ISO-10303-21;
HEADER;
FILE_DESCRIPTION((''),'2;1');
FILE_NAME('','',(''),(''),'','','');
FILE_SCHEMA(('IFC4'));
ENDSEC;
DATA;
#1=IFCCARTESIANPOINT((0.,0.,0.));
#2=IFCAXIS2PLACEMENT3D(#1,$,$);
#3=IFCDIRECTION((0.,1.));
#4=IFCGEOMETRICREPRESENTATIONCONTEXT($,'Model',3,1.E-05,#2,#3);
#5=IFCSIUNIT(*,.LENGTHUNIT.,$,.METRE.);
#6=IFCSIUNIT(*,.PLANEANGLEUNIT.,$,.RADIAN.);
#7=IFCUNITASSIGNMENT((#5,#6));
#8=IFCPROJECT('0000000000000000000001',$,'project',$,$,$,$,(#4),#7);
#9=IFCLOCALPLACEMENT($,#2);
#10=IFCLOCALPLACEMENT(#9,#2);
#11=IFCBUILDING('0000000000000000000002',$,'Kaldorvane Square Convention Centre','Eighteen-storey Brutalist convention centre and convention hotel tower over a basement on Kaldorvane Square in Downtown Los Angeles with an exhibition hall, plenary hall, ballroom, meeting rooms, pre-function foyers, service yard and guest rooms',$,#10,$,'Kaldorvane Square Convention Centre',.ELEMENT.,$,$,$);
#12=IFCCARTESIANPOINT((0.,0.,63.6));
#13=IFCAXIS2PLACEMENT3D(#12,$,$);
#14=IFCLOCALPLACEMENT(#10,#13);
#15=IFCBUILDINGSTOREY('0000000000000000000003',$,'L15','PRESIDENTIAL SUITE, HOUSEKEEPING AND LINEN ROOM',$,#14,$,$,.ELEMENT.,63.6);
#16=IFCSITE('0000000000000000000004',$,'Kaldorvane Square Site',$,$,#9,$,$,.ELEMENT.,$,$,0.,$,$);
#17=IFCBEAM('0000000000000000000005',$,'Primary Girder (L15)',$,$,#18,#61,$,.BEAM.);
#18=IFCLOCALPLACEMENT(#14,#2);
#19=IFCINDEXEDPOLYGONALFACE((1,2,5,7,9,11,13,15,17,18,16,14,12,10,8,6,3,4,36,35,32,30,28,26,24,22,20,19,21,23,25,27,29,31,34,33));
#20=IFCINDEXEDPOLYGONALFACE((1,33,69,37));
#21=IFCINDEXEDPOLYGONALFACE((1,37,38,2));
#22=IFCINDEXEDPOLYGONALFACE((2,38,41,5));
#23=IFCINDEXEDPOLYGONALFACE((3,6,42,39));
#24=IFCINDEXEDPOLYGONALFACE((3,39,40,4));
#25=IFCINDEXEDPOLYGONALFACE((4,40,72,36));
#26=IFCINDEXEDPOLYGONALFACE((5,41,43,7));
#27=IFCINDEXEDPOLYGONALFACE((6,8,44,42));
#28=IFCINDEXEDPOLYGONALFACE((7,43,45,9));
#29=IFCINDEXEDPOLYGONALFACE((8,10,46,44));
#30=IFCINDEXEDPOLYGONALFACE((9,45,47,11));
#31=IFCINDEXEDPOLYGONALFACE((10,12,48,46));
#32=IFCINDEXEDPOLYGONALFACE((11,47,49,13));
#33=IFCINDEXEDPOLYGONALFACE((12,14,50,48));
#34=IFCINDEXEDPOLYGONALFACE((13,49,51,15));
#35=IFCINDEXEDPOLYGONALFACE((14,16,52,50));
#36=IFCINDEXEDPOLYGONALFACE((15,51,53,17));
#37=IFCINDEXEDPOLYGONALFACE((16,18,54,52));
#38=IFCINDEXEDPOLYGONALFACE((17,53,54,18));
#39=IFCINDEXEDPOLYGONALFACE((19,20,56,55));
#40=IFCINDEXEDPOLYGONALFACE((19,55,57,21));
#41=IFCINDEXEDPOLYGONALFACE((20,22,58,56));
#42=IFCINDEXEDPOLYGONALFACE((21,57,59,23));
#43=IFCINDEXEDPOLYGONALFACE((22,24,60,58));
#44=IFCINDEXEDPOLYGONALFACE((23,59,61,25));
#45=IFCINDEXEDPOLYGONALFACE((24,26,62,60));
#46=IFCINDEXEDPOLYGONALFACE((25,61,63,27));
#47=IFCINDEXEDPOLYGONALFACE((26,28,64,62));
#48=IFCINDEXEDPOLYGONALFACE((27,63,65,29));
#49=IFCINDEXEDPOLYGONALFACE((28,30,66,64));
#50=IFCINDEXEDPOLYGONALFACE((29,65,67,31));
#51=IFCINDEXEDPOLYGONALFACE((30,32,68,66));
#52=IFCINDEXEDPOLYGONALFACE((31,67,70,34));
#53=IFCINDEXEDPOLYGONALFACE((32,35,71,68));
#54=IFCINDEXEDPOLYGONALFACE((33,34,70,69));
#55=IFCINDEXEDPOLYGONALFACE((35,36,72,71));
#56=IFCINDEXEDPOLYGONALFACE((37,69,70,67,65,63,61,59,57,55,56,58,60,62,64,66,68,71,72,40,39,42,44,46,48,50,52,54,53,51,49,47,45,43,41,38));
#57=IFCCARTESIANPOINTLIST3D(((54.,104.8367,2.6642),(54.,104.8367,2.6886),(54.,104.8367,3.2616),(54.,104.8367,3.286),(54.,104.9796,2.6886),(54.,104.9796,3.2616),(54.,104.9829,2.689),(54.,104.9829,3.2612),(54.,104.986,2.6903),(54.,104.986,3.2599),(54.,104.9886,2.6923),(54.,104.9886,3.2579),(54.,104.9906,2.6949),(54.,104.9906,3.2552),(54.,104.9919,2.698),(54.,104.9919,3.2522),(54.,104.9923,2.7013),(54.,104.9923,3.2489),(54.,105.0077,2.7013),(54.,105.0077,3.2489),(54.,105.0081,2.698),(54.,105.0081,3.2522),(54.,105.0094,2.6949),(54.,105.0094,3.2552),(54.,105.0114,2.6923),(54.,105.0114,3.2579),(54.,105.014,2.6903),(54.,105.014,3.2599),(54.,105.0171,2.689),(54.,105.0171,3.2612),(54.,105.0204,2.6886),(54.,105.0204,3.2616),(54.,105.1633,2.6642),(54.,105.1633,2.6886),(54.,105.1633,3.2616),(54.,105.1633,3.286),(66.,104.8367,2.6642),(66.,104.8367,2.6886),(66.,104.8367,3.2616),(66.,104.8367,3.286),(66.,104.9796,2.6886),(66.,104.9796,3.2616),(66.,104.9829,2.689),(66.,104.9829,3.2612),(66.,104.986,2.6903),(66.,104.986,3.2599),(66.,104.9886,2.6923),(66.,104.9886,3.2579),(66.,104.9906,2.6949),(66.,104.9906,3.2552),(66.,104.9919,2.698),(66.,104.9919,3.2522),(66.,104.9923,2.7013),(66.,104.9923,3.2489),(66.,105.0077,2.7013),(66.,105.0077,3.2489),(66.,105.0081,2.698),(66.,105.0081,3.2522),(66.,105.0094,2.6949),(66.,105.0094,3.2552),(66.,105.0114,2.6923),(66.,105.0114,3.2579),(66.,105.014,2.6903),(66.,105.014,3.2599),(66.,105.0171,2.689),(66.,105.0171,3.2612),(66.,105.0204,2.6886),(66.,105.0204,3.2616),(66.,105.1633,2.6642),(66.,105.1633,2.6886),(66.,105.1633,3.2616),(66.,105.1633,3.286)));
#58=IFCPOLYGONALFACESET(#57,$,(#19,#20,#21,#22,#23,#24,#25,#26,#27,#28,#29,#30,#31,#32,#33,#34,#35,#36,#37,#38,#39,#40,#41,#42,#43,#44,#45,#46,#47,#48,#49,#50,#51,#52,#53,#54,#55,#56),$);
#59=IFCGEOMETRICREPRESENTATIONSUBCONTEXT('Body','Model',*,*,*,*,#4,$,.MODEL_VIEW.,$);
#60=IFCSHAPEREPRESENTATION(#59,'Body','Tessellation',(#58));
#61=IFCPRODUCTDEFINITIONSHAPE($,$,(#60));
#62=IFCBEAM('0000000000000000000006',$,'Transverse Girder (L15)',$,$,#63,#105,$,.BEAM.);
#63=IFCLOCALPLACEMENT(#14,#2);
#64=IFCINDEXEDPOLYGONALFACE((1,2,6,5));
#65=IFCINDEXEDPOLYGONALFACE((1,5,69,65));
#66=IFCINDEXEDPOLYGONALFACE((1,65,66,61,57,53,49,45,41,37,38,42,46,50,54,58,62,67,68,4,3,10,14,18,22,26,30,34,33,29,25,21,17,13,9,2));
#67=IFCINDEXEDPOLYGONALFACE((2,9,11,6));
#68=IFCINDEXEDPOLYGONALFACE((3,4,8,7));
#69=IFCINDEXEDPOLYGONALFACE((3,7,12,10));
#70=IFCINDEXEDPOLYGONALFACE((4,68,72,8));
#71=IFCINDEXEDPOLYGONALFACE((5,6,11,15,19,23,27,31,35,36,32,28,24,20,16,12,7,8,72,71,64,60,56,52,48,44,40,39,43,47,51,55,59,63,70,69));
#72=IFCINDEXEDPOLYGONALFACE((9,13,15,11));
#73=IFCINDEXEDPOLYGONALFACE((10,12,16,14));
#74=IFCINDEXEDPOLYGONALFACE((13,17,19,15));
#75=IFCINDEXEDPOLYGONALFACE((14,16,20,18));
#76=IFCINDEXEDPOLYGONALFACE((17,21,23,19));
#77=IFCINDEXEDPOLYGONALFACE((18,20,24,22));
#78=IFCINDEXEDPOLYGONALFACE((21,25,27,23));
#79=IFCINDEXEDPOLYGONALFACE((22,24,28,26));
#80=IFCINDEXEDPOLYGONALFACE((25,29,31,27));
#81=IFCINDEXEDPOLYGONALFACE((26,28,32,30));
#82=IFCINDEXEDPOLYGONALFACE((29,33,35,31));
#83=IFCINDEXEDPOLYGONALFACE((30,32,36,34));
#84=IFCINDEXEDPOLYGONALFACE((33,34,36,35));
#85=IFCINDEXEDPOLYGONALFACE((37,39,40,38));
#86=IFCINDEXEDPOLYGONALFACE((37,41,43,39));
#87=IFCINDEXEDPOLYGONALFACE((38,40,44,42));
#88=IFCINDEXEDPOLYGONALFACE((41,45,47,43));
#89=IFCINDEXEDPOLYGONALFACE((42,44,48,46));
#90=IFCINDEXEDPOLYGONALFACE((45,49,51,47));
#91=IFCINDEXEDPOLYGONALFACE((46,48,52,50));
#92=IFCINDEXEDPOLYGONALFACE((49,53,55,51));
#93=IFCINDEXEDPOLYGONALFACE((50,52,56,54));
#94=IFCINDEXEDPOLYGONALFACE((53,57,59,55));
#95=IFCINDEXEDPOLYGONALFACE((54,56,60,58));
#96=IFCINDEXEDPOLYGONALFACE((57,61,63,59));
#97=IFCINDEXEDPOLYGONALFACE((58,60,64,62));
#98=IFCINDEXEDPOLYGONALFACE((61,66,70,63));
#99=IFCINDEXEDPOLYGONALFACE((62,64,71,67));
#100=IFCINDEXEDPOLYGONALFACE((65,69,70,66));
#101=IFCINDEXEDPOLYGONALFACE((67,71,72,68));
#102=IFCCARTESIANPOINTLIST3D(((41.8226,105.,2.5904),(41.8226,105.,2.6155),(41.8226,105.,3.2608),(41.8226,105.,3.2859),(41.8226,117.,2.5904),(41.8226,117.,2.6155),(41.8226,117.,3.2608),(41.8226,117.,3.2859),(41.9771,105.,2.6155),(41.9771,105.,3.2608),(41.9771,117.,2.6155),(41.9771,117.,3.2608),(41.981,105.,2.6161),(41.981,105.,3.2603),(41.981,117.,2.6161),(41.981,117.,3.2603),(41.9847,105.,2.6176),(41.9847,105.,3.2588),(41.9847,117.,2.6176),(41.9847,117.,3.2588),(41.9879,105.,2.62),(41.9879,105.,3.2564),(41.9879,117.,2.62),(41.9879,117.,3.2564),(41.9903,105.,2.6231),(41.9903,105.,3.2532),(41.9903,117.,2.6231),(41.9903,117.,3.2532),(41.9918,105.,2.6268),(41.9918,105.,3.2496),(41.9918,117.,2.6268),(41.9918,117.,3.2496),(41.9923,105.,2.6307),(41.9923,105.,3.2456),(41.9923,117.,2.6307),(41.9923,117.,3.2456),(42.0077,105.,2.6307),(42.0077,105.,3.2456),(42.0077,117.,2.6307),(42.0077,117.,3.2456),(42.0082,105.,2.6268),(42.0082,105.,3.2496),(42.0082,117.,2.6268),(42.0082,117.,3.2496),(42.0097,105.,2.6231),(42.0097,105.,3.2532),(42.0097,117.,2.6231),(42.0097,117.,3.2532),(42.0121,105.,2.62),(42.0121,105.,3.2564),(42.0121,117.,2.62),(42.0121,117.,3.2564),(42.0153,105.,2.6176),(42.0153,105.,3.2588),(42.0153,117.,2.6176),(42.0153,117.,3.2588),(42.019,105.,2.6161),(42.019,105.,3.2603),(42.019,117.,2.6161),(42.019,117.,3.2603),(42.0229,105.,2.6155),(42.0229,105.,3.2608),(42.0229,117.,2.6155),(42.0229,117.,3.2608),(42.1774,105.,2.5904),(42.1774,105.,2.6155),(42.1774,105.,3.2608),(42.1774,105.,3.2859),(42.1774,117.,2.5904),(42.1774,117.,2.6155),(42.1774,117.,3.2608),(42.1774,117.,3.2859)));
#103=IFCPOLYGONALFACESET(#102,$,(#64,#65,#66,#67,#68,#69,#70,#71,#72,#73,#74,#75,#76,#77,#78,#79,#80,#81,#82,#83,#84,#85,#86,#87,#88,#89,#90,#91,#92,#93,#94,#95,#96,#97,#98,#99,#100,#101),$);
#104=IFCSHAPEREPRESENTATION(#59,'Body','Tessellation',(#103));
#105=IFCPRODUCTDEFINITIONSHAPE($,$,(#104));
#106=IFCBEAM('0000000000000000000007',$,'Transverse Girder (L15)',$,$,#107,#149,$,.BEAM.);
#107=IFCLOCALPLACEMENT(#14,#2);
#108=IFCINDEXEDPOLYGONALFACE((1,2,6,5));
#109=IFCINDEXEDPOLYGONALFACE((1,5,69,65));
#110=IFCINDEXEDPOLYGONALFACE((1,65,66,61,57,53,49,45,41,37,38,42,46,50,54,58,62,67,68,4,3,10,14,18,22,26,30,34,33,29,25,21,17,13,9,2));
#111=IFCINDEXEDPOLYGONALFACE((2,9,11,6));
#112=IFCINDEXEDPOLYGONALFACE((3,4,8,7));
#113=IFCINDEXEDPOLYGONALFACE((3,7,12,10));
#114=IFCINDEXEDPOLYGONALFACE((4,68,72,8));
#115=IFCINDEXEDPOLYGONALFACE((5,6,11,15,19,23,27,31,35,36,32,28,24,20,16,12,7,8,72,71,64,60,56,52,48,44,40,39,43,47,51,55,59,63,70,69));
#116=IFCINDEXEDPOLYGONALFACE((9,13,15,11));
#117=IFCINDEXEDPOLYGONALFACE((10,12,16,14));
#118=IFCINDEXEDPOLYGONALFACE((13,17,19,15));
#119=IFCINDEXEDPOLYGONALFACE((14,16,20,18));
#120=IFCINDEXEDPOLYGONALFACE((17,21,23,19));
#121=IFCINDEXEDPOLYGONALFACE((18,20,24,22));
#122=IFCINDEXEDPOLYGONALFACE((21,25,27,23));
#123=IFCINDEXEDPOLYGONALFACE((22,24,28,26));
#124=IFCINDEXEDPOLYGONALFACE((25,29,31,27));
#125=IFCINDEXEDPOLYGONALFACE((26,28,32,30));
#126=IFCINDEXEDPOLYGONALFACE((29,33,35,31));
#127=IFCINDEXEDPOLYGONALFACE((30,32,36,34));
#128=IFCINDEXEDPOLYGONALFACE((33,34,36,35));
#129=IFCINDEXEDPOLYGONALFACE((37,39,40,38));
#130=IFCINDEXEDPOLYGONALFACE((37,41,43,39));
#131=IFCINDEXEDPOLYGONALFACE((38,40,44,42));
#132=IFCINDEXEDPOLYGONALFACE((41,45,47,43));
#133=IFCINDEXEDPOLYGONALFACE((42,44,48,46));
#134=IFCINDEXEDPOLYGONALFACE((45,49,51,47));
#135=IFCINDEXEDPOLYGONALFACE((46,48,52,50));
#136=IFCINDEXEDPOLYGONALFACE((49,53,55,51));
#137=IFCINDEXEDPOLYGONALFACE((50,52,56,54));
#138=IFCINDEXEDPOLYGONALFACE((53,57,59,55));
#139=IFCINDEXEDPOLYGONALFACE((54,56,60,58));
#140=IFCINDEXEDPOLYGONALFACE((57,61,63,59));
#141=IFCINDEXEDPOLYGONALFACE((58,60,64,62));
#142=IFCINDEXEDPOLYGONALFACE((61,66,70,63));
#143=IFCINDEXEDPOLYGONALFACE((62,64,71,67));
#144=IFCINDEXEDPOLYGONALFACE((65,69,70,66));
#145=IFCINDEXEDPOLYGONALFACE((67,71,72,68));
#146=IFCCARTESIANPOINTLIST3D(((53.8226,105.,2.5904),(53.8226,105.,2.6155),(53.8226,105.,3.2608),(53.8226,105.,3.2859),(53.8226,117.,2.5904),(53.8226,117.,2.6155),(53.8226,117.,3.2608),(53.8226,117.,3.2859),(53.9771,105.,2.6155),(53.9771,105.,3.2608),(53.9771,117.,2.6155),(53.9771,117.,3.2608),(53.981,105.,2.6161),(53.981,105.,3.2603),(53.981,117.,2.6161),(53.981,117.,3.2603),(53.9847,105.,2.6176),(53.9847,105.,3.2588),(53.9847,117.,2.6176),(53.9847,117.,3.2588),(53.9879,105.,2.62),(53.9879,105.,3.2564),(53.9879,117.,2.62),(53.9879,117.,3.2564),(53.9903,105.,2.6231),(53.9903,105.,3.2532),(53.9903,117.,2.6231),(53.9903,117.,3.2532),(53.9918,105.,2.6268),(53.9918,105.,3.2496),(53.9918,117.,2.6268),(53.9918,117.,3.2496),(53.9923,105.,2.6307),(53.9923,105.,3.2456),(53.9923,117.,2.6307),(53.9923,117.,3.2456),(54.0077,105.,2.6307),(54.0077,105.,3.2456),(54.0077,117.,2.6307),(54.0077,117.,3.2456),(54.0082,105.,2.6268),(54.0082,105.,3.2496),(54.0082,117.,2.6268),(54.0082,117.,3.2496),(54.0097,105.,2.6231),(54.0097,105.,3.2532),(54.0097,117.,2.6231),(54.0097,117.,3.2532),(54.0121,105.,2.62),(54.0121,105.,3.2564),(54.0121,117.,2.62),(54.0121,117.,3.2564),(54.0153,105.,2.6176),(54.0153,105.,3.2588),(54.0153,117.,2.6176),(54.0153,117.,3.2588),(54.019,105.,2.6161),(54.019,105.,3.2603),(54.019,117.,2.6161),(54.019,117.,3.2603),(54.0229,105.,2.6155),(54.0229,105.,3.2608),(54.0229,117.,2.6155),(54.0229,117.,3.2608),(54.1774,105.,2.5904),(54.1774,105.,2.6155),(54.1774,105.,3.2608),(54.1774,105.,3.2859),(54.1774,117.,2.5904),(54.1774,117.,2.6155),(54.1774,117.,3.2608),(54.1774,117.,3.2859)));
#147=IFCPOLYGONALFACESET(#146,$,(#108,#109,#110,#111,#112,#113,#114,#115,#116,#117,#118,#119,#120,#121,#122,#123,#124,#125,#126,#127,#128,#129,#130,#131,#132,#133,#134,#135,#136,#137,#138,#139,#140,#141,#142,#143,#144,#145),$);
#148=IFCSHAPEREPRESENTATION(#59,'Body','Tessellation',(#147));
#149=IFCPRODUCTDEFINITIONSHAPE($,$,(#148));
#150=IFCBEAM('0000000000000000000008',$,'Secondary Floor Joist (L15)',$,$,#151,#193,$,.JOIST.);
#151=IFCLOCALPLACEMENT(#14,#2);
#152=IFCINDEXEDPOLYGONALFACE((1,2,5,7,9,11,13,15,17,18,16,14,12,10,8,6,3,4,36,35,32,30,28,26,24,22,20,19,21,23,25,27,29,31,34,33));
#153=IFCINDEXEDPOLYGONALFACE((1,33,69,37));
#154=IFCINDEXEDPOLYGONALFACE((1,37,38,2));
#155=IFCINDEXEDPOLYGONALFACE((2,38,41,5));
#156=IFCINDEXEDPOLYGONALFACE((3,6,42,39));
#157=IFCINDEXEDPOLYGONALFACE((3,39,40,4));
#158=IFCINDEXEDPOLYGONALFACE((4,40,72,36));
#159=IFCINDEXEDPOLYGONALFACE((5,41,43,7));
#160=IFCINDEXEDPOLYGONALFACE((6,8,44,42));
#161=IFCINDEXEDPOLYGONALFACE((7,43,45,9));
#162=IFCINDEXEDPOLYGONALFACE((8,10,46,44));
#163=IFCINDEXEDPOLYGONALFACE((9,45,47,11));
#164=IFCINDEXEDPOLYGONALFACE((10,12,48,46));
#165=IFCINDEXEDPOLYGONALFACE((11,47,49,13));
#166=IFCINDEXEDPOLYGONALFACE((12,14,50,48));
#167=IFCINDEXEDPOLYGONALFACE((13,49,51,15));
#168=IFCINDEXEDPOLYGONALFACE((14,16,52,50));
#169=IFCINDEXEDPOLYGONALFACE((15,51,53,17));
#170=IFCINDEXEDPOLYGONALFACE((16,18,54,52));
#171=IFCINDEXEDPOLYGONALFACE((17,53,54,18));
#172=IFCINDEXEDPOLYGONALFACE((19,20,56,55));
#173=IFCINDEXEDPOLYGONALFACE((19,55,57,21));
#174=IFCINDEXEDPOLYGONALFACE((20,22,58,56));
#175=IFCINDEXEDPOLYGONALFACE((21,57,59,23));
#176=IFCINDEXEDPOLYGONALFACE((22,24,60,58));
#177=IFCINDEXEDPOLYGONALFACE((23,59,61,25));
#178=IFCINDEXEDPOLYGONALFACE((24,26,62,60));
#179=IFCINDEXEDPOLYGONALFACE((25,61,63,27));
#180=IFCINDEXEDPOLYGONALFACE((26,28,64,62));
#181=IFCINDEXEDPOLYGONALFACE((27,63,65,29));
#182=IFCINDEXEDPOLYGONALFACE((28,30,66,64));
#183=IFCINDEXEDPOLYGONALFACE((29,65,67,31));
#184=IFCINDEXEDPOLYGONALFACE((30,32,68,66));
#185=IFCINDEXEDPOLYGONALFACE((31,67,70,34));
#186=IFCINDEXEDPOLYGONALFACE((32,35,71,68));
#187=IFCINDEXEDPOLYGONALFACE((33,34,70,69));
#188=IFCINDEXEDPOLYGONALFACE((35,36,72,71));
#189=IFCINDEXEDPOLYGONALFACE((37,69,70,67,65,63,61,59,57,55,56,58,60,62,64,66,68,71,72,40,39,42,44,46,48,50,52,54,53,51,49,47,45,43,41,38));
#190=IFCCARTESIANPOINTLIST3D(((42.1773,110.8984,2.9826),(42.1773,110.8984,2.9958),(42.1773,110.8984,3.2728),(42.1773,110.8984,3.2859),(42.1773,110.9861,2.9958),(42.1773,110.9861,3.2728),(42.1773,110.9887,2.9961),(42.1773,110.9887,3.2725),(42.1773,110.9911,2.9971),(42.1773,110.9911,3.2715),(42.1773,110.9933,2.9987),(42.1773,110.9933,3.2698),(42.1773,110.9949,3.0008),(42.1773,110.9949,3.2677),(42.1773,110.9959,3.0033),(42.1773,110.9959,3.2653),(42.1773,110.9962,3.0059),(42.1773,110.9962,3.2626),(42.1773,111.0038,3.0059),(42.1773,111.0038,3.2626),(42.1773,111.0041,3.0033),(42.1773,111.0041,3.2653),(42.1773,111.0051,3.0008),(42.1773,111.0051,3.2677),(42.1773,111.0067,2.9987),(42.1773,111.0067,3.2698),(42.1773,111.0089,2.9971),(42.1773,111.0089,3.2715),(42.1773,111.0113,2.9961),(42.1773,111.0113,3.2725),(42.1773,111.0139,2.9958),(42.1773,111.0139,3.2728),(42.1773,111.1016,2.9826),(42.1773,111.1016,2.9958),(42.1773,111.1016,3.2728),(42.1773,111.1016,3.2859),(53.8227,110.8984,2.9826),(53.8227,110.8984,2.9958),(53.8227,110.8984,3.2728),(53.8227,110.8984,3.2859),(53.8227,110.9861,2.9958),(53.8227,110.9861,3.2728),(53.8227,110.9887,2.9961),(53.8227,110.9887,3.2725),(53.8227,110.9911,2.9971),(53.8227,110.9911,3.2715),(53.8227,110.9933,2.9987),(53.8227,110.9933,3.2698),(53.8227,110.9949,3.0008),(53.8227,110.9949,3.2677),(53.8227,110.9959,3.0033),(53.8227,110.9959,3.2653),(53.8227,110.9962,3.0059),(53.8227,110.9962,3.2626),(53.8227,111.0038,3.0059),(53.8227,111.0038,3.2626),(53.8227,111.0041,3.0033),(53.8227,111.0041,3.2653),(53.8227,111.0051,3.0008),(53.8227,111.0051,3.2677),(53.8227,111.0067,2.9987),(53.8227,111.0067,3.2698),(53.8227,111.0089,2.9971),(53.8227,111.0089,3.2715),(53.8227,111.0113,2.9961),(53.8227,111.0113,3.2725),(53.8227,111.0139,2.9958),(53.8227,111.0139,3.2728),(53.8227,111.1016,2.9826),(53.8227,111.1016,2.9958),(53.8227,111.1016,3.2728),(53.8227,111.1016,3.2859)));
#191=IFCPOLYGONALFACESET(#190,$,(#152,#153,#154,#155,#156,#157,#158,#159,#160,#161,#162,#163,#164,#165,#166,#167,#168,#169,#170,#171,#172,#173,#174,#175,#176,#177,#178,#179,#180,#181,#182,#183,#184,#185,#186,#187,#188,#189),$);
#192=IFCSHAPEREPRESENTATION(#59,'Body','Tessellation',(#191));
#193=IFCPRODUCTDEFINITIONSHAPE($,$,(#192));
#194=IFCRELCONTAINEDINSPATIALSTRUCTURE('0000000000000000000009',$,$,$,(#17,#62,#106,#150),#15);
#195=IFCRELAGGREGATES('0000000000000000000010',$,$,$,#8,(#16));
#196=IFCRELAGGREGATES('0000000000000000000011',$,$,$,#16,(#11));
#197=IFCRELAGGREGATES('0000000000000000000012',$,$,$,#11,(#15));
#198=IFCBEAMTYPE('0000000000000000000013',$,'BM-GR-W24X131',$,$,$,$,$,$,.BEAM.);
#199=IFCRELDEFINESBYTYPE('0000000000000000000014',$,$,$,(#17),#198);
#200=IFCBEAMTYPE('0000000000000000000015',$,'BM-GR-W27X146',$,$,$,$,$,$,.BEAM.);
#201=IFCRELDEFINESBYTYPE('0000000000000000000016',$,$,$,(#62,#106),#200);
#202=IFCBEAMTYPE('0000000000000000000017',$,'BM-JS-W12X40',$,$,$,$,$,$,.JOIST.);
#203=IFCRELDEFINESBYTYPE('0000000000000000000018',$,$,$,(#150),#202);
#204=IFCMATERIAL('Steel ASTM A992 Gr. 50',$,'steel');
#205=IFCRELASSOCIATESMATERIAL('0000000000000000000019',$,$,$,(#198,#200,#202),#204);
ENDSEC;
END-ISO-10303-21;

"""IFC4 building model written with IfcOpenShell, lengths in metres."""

from ifc_helpers import new_model, si_unit, direction, frame, origin, origin_2d, place, context, subcontext, project, spatial, i_section, extrude, material, material_profile, profile_set, type_object, element, save


model = new_model("IFC4")

# Units and contexts
model_context = context("Model", 3, precision=1e-05, world=origin(), true_north=direction((0.0, 1.0)))
body_context = subcontext(model_context, "Body", "Model", "MODEL_VIEW")
ifc_project = project(units=[si_unit("LENGTHUNIT", "METRE"), si_unit("PLANEANGLEUNIT", "RADIAN")], contexts=[model_context])

# Site, building, storey
site_placement = place(None, origin())
site = spatial("IfcSite", under=ifc_project, at=site_placement, Name="Kaldorvane Square Site", CompositionType="ELEMENT", RefElevation=0.0)
building_placement = place(site_placement, origin())
building = spatial("IfcBuilding", under=site, at=building_placement, Name="Kaldorvane Square Convention Centre", Description="Eighteen-storey Brutalist convention centre and convention hotel tower over a basement on Kaldorvane Square in Downtown Los Angeles with an exhibition hall, plenary hall, ballroom, meeting rooms, pre-function foyers, service yard and guest rooms", LongName="Kaldorvane Square Convention Centre", CompositionType="ELEMENT")
storey_placement = place(building_placement, frame((0.0, 0.0, 63.6)))
storey = spatial("IfcBuildingStorey", under=building, at=storey_placement, Name="L15", Description="PRESIDENTIAL SUITE, HOUSEKEEPING AND LINEN ROOM", CompositionType="ELEMENT", Elevation=63.6)

# Shared definitions
ifc_material_1 = material(Name="Steel ASTM A992 Gr. 50", Category="steel")

# Beams
ifc_material_profile_1 = material_profile(ifc_material_1, i_section(OverallWidth=0.3265, OverallDepth=0.6218, WebThickness=0.0154, FlangeThickness=0.0244, FilletRadius=0.0127, at=origin_2d()), Name="W24X131")
ifc_profile_set_1 = profile_set([ifc_material_profile_1], Name="Steel ASTM A992 Gr. 50")
beam_type_1 = type_object("IfcBeamType", Name="BM-GR-W24X131", PredefinedType="BEAM", material=ifc_profile_set_1)
for number, where, z_axis, x_axis, name in (
    (1, (54.0, 105.0, 2.9751), (1.0, 0.0, 0.0), (0.0, 1.0, 0.0), "Primary Girder (L15)"),
):
    element("IfcBeam", number, at=place(storey_placement, frame(where, z_axis=z_axis, x_axis=x_axis)), inside=storey, type_object=beam_type_1, Name=name, PredefinedType="BEAM", context=body_context, shape_type="SweptSolid", body=[
        extrude(i_section(OverallWidth=0.3265, OverallDepth=0.6218, WebThickness=0.0154, FlangeThickness=0.0244, FilletRadius=0.0127, at=origin_2d()), origin(), (0.0, 0.0, 1.0), 12.0),
    ])
ifc_material_profile_2 = material_profile(ifc_material_1, i_section(OverallWidth=0.3547, OverallDepth=0.6955, WebThickness=0.0154, FlangeThickness=0.0251, FilletRadius=0.0152, at=origin_2d()), Name="W27X146")
ifc_profile_set_2 = profile_set([ifc_material_profile_2], Name="Steel ASTM A992 Gr. 50")
beam_type_2 = type_object("IfcBeamType", Name="BM-GR-W27X146", PredefinedType="BEAM", material=ifc_profile_set_2)
for number, where, z_axis, x_axis, name in (
    (2, (42.0, 105.0, 2.9382), (0.0, 1.0, 0.0), (-1.0, 0.0, 0.0), "Transverse Girder (L15)"),
    (3, (54.0, 105.0, 2.9382), (0.0, 1.0, 0.0), (-1.0, 0.0, 0.0), "Transverse Girder (L15)"),
):
    element("IfcBeam", number, at=place(storey_placement, frame(where, z_axis=z_axis, x_axis=x_axis)), inside=storey, type_object=beam_type_2, Name=name, PredefinedType="BEAM", context=body_context, shape_type="SweptSolid", body=[
        extrude(i_section(OverallWidth=0.3547, OverallDepth=0.6955, WebThickness=0.0154, FlangeThickness=0.0251, FilletRadius=0.0152, at=origin_2d()), origin(), (0.0, 0.0, 1.0), 12.0),
    ])
ifc_material_profile_3 = material_profile(ifc_material_1, i_section(OverallWidth=0.2033, OverallDepth=0.3033, WebThickness=0.0075, FlangeThickness=0.0131, FilletRadius=0.0102, at=origin_2d()), Name="W12X40")
ifc_profile_set_3 = profile_set([ifc_material_profile_3], Name="Steel ASTM A992 Gr. 50")
beam_type_3 = type_object("IfcBeamType", Name="BM-JS-W12X40", PredefinedType="JOIST", material=ifc_profile_set_3)
beam_1_placement = place(storey_placement, frame((42.1773, 111.0, 3.1343), z_axis=(1.0, 0.0, 0.0), x_axis=(0.0, 1.0, 0.0)))
element("IfcBeam", 4, at=beam_1_placement, inside=storey, type_object=beam_type_3, Name="Secondary Floor Joist (L15)", PredefinedType="JOIST", context=body_context, shape_type="SweptSolid", body=[
    extrude(i_section(OverallWidth=0.2033, OverallDepth=0.3033, WebThickness=0.0075, FlangeThickness=0.0131, FilletRadius=0.0102, at=origin_2d()), origin(), (0.0, 0.0, 1.0), 11.6454),
])

save(model, "model.ifc")
